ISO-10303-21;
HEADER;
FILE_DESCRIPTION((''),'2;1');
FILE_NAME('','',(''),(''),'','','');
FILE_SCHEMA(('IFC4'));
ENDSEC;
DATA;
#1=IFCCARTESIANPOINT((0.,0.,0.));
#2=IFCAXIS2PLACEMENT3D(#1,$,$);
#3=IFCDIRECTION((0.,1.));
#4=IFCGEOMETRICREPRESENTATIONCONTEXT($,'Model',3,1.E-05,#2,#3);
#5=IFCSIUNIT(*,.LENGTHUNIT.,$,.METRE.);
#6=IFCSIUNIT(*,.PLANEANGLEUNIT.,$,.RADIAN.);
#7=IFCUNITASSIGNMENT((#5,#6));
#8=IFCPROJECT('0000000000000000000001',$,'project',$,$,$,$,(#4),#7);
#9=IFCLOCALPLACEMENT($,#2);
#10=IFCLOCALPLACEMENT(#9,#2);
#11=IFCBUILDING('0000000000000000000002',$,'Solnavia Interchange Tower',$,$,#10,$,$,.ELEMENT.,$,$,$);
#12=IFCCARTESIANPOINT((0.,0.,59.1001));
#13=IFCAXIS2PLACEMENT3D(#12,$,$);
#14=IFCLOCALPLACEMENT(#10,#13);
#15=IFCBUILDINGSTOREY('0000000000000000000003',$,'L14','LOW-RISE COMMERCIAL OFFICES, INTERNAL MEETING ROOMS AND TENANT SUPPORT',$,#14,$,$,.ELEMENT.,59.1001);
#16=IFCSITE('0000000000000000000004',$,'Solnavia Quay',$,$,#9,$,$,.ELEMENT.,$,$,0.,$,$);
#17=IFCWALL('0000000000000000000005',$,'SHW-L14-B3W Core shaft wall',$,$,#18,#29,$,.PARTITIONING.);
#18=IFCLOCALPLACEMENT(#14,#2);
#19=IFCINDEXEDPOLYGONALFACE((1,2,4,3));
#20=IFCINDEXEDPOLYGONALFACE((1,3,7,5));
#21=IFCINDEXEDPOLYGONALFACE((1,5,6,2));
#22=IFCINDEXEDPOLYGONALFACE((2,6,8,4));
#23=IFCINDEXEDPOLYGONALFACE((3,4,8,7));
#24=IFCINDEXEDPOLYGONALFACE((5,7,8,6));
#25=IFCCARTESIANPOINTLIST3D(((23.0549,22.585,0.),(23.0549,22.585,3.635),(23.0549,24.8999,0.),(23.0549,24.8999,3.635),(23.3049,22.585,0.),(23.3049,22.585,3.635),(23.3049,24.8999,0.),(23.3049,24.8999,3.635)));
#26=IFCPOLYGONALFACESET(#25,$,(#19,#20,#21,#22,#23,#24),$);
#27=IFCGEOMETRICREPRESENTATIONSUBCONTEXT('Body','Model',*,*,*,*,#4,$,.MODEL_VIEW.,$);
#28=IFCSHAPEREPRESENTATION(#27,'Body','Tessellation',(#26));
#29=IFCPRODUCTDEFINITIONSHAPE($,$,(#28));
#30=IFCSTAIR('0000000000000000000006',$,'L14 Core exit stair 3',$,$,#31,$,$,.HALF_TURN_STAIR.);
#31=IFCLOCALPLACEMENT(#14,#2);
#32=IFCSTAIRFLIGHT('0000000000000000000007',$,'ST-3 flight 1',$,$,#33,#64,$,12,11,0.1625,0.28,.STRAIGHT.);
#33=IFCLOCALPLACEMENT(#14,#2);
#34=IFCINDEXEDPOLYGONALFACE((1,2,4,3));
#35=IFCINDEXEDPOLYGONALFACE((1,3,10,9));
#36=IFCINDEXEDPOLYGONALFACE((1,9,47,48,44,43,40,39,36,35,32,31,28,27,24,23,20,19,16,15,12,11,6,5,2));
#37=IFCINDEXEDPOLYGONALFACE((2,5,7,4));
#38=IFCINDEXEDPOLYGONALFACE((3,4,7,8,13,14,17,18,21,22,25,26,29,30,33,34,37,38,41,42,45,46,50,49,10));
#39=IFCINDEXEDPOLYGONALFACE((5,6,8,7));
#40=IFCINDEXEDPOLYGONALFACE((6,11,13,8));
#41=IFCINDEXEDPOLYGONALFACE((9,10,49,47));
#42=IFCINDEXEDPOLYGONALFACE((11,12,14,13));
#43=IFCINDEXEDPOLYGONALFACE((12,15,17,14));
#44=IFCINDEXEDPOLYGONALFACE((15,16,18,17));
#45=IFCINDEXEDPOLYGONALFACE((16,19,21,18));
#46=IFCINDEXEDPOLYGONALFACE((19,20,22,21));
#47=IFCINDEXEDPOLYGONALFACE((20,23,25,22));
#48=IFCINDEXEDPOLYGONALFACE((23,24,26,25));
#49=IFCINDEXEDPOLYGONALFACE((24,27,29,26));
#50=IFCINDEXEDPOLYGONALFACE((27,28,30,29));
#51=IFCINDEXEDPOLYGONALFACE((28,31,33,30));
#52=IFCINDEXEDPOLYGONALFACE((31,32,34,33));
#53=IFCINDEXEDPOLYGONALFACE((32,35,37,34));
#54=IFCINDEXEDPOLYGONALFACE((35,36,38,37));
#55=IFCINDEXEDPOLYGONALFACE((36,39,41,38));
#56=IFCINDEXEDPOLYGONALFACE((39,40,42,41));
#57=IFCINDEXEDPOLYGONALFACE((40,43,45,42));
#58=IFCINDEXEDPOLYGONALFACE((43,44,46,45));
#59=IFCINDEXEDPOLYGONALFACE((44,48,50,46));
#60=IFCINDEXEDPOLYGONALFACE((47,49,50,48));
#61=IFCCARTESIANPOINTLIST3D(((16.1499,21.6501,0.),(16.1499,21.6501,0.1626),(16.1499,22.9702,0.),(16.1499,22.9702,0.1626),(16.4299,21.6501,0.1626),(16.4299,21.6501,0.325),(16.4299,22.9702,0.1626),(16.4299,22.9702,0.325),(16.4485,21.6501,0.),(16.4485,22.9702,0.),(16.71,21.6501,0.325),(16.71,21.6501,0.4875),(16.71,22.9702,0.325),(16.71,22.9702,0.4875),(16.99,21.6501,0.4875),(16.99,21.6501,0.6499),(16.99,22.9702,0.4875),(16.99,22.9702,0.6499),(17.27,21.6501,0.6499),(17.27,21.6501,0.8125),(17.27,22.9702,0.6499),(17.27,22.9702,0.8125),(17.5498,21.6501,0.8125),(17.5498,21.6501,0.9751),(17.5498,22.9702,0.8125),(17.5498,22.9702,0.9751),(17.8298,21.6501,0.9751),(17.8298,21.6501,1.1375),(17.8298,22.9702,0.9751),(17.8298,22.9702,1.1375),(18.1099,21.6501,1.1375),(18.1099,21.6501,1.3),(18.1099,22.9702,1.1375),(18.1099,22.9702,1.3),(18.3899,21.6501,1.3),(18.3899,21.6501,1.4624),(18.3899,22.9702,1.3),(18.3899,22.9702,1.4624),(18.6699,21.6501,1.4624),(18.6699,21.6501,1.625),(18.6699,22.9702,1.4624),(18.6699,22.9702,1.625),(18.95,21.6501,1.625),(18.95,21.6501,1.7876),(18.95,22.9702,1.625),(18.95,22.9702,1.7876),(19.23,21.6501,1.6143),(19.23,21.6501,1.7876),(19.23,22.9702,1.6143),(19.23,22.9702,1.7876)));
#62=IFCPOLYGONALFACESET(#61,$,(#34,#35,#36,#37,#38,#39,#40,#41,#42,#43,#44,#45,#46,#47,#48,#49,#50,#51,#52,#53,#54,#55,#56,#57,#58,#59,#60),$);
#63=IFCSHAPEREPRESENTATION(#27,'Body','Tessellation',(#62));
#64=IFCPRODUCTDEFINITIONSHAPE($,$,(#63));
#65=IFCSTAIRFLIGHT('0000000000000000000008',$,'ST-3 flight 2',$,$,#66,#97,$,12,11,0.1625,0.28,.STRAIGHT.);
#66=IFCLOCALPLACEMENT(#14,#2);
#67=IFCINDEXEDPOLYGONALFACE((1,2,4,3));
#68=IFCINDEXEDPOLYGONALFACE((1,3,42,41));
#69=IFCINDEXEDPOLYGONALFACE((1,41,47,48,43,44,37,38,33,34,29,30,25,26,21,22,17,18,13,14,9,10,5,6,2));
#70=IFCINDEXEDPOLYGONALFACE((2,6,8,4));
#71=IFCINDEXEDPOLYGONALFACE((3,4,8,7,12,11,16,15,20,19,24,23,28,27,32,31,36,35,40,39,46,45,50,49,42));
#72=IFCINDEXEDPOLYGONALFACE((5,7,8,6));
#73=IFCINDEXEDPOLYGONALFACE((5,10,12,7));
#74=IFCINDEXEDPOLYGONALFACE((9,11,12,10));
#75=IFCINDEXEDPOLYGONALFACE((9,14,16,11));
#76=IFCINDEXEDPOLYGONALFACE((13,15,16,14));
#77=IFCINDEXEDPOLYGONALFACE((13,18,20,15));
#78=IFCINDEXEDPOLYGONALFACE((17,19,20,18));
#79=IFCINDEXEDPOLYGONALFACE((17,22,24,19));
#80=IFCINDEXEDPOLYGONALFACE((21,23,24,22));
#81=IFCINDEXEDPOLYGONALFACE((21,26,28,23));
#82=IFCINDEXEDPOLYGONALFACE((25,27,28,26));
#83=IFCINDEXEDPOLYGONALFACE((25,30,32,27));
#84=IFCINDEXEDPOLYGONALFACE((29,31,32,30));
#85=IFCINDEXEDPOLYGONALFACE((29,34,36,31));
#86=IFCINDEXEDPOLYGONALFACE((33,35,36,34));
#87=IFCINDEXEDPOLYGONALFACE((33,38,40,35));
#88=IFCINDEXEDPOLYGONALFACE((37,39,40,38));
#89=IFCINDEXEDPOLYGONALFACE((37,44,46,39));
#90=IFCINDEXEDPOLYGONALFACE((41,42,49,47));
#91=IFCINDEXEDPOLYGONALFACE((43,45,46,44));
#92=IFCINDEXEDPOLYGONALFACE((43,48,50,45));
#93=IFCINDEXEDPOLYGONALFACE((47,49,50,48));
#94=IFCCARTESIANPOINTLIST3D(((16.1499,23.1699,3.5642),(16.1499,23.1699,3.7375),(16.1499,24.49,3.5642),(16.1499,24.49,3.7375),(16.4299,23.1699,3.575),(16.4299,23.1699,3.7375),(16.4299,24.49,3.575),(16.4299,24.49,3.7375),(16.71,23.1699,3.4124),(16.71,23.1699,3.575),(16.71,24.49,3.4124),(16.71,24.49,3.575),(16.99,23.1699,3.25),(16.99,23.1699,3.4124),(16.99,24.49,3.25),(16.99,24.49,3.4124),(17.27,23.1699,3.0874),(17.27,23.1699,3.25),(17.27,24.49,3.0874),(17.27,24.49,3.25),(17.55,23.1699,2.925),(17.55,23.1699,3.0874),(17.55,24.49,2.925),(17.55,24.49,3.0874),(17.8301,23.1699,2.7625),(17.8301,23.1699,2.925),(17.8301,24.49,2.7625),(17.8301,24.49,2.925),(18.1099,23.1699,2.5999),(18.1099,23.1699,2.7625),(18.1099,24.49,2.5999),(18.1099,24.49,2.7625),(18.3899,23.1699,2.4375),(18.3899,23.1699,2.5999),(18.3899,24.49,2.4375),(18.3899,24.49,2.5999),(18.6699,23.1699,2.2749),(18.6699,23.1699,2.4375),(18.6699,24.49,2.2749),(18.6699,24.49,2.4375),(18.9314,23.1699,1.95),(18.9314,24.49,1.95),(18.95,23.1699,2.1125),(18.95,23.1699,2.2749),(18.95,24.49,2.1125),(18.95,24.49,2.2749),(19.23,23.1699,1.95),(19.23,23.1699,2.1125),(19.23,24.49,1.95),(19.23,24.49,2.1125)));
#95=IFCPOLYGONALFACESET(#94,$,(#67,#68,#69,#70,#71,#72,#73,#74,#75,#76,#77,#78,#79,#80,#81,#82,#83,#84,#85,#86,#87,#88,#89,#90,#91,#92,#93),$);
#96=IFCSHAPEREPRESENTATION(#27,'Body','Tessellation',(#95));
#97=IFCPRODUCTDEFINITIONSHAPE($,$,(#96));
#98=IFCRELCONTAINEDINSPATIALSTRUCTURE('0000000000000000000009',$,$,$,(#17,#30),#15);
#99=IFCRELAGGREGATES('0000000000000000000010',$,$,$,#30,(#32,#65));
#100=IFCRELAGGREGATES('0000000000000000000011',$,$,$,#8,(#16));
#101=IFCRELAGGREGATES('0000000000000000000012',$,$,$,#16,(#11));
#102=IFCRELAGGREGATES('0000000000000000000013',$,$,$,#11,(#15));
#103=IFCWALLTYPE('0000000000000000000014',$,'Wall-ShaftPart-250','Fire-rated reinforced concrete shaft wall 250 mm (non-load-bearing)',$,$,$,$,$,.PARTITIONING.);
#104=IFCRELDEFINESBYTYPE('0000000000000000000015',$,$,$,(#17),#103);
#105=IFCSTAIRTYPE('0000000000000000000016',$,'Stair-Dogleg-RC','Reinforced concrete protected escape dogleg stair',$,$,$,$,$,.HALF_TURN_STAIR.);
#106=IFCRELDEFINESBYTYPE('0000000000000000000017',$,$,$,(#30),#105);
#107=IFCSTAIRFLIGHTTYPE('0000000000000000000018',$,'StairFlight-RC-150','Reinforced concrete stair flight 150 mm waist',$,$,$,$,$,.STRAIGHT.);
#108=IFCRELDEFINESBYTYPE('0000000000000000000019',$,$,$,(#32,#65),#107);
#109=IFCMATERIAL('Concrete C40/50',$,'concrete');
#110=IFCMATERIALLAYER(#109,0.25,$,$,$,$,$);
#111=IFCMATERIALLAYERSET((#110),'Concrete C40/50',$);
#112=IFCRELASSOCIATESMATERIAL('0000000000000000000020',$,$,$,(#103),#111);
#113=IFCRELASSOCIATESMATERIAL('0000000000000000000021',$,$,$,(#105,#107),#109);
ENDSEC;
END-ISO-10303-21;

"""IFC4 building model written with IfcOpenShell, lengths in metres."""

from ifc_helpers import new_model, si_unit, direction, frame, frame_2d, origin, place, context, subcontext, project, spatial, polyline, rectangle, outline, extrude, material, layer, layer_set, type_object, element, aggregate, save


model = new_model("IFC4")

# Units and contexts
model_context = context("Model", 3, precision=1e-05, world=origin(), true_north=direction((0.0, 1.0)))
body_context = subcontext(model_context, "Body", "Model", "MODEL_VIEW")
ifc_project = project(units=[si_unit("LENGTHUNIT", "METRE"), si_unit("PLANEANGLEUNIT", "RADIAN")], contexts=[model_context])

# Site, building, storey
site_placement = place(None, origin())
site = spatial("IfcSite", under=ifc_project, at=site_placement, Name="Solnavia Quay", CompositionType="ELEMENT", RefElevation=0.0)
building_placement = place(site_placement, origin())
building = spatial("IfcBuilding", under=site, at=building_placement, Name="Solnavia Interchange Tower", CompositionType="ELEMENT")
storey_placement = place(building_placement, frame((0.0, 0.0, 59.1001)))
storey = spatial("IfcBuildingStorey", under=building, at=storey_placement, Name="L14", Description="LOW-RISE COMMERCIAL OFFICES, INTERNAL MEETING ROOMS AND TENANT SUPPORT", CompositionType="ELEMENT", Elevation=59.1001)

# Shared definitions
ifc_material_1 = material(Name="Concrete C40/50", Category="concrete")

# Shared definitions
ifc_layer_1 = layer(ifc_material_1, 0.25)
ifc_layer_set_1 = layer_set([ifc_layer_1], Name="Concrete C40/50")
wall_type_1 = type_object("IfcWallType", Name="Wall-ShaftPart-250", Description="Fire-rated reinforced concrete shaft wall 250 mm (non-load-bearing)", PredefinedType="PARTITIONING", material=ifc_layer_set_1)

# Wall
wall_1_placement = place(storey_placement, frame((23.1799, 22.585, 0.0), z_axis=(0.0, 0.0, 1.0), x_axis=(0.0, 1.0, 0.0)))
element("IfcWall", 1, at=wall_1_placement, inside=storey, type_object=wall_type_1, Name="SHW-L14-B3W Core shaft wall", PredefinedType="PARTITIONING", context=body_context, shape_type="SweptSolid", body=[
    extrude(rectangle(XDim=2.3149, YDim=0.25, at=frame_2d((1.1575, 0.0))), origin(), (0.0, 0.0, 1.0), 3.635),
])

# Stair, stair flights
stair_type = type_object("IfcStairType", Name="Stair-Dogleg-RC", Description="Reinforced concrete protected escape dogleg stair", PredefinedType="HALF_TURN_STAIR", material=ifc_material_1)
stair_placement = place(storey_placement, origin())
stair = element("IfcStair", 2, at=stair_placement, inside=storey, type_object=stair_type, Name="L14 Core exit stair 3", PredefinedType="HALF_TURN_STAIR")
stair_flight_type = type_object("IfcStairFlightType", Name="StairFlight-RC-150", Description="Reinforced concrete stair flight 150 mm waist", PredefinedType="STRAIGHT", material=ifc_material_1)
stair_flight_1_placement = place(storey_placement, frame((16.1499, 22.3101, 0.0), z_axis=(0.0, 0.0, 1.0), x_axis=(1.0, 0.0, 0.0)))
stair_flight_1 = element("IfcStairFlight", 3, at=stair_flight_1_placement, type_object=stair_flight_type, Name="ST-3 flight 1", NumberOfRisers=12, NumberOfTreads=11, PredefinedType="STRAIGHT", RiserHeight=0.1625, TreadLength=0.28, context=body_context, shape_type="SweptSolid", body=[
    extrude(outline(polyline([(0.0, 0.0), (0.0, 0.1626), (0.28, 0.1626), (0.28, 0.325), (0.5601, 0.325), (0.5601, 0.4875), (0.8401, 0.4875), (0.8401, 0.6499), (1.1201, 0.6499), (1.1201, 0.8125), (1.3999, 0.8125), (1.3999, 0.9751), (1.6799, 0.9751), (1.6799, 1.1375), (1.96, 1.1375), (1.96, 1.3), (2.24, 1.3), (2.24, 1.4624), (2.52, 1.4624), (2.52, 1.625), (2.8, 1.625), (2.8, 1.7876), (3.0801, 1.7876), (3.0801, 1.95), (3.0801, 1.6143), (0.2986, 0.0), (0.0, 0.0)])), frame((0.0, 0.6602, 0.0), z_axis=(0.0, -1.0, 0.0), x_axis=(1.0, 0.0, 0.0)), (0.0, 0.0, 1.0), 1.3201),
])
stair_flight_2_placement = place(storey_placement, frame((19.23, 23.8301, 1.95), z_axis=(0.0, 0.0, 1.0), x_axis=(-1.0, 0.0, 0.0)))
stair_flight_2 = element("IfcStairFlight", 4, at=stair_flight_2_placement, type_object=stair_flight_type, Name="ST-3 flight 2", NumberOfRisers=12, NumberOfTreads=11, PredefinedType="STRAIGHT", RiserHeight=0.1625, TreadLength=0.28, context=body_context, shape_type="SweptSolid", body=[
    extrude(outline(polyline([(0.0, 0.0), (0.0, 0.1626), (0.28, 0.1626), (0.28, 0.325), (0.5601, 0.325), (0.5601, 0.4875), (0.8401, 0.4875), (0.8401, 0.6499), (1.1201, 0.6499), (1.1201, 0.8125), (1.3999, 0.8125), (1.3999, 0.9751), (1.6799, 0.9751), (1.6799, 1.1375), (1.96, 1.1375), (1.96, 1.3), (2.24, 1.3), (2.24, 1.4624), (2.52, 1.4624), (2.52, 1.625), (2.8, 1.625), (2.8, 1.7876), (3.0801, 1.7876), (3.0801, 1.95), (3.0801, 1.6143), (0.2986, 0.0), (0.0, 0.0)])), frame((0.0, 0.6602, 0.0), z_axis=(0.0, -1.0, 0.0), x_axis=(1.0, 0.0, 0.0)), (0.0, 0.0, 1.0), 1.3201),
])
aggregate(stair, [stair_flight_1, stair_flight_2])

save(model, "model.ifc")
